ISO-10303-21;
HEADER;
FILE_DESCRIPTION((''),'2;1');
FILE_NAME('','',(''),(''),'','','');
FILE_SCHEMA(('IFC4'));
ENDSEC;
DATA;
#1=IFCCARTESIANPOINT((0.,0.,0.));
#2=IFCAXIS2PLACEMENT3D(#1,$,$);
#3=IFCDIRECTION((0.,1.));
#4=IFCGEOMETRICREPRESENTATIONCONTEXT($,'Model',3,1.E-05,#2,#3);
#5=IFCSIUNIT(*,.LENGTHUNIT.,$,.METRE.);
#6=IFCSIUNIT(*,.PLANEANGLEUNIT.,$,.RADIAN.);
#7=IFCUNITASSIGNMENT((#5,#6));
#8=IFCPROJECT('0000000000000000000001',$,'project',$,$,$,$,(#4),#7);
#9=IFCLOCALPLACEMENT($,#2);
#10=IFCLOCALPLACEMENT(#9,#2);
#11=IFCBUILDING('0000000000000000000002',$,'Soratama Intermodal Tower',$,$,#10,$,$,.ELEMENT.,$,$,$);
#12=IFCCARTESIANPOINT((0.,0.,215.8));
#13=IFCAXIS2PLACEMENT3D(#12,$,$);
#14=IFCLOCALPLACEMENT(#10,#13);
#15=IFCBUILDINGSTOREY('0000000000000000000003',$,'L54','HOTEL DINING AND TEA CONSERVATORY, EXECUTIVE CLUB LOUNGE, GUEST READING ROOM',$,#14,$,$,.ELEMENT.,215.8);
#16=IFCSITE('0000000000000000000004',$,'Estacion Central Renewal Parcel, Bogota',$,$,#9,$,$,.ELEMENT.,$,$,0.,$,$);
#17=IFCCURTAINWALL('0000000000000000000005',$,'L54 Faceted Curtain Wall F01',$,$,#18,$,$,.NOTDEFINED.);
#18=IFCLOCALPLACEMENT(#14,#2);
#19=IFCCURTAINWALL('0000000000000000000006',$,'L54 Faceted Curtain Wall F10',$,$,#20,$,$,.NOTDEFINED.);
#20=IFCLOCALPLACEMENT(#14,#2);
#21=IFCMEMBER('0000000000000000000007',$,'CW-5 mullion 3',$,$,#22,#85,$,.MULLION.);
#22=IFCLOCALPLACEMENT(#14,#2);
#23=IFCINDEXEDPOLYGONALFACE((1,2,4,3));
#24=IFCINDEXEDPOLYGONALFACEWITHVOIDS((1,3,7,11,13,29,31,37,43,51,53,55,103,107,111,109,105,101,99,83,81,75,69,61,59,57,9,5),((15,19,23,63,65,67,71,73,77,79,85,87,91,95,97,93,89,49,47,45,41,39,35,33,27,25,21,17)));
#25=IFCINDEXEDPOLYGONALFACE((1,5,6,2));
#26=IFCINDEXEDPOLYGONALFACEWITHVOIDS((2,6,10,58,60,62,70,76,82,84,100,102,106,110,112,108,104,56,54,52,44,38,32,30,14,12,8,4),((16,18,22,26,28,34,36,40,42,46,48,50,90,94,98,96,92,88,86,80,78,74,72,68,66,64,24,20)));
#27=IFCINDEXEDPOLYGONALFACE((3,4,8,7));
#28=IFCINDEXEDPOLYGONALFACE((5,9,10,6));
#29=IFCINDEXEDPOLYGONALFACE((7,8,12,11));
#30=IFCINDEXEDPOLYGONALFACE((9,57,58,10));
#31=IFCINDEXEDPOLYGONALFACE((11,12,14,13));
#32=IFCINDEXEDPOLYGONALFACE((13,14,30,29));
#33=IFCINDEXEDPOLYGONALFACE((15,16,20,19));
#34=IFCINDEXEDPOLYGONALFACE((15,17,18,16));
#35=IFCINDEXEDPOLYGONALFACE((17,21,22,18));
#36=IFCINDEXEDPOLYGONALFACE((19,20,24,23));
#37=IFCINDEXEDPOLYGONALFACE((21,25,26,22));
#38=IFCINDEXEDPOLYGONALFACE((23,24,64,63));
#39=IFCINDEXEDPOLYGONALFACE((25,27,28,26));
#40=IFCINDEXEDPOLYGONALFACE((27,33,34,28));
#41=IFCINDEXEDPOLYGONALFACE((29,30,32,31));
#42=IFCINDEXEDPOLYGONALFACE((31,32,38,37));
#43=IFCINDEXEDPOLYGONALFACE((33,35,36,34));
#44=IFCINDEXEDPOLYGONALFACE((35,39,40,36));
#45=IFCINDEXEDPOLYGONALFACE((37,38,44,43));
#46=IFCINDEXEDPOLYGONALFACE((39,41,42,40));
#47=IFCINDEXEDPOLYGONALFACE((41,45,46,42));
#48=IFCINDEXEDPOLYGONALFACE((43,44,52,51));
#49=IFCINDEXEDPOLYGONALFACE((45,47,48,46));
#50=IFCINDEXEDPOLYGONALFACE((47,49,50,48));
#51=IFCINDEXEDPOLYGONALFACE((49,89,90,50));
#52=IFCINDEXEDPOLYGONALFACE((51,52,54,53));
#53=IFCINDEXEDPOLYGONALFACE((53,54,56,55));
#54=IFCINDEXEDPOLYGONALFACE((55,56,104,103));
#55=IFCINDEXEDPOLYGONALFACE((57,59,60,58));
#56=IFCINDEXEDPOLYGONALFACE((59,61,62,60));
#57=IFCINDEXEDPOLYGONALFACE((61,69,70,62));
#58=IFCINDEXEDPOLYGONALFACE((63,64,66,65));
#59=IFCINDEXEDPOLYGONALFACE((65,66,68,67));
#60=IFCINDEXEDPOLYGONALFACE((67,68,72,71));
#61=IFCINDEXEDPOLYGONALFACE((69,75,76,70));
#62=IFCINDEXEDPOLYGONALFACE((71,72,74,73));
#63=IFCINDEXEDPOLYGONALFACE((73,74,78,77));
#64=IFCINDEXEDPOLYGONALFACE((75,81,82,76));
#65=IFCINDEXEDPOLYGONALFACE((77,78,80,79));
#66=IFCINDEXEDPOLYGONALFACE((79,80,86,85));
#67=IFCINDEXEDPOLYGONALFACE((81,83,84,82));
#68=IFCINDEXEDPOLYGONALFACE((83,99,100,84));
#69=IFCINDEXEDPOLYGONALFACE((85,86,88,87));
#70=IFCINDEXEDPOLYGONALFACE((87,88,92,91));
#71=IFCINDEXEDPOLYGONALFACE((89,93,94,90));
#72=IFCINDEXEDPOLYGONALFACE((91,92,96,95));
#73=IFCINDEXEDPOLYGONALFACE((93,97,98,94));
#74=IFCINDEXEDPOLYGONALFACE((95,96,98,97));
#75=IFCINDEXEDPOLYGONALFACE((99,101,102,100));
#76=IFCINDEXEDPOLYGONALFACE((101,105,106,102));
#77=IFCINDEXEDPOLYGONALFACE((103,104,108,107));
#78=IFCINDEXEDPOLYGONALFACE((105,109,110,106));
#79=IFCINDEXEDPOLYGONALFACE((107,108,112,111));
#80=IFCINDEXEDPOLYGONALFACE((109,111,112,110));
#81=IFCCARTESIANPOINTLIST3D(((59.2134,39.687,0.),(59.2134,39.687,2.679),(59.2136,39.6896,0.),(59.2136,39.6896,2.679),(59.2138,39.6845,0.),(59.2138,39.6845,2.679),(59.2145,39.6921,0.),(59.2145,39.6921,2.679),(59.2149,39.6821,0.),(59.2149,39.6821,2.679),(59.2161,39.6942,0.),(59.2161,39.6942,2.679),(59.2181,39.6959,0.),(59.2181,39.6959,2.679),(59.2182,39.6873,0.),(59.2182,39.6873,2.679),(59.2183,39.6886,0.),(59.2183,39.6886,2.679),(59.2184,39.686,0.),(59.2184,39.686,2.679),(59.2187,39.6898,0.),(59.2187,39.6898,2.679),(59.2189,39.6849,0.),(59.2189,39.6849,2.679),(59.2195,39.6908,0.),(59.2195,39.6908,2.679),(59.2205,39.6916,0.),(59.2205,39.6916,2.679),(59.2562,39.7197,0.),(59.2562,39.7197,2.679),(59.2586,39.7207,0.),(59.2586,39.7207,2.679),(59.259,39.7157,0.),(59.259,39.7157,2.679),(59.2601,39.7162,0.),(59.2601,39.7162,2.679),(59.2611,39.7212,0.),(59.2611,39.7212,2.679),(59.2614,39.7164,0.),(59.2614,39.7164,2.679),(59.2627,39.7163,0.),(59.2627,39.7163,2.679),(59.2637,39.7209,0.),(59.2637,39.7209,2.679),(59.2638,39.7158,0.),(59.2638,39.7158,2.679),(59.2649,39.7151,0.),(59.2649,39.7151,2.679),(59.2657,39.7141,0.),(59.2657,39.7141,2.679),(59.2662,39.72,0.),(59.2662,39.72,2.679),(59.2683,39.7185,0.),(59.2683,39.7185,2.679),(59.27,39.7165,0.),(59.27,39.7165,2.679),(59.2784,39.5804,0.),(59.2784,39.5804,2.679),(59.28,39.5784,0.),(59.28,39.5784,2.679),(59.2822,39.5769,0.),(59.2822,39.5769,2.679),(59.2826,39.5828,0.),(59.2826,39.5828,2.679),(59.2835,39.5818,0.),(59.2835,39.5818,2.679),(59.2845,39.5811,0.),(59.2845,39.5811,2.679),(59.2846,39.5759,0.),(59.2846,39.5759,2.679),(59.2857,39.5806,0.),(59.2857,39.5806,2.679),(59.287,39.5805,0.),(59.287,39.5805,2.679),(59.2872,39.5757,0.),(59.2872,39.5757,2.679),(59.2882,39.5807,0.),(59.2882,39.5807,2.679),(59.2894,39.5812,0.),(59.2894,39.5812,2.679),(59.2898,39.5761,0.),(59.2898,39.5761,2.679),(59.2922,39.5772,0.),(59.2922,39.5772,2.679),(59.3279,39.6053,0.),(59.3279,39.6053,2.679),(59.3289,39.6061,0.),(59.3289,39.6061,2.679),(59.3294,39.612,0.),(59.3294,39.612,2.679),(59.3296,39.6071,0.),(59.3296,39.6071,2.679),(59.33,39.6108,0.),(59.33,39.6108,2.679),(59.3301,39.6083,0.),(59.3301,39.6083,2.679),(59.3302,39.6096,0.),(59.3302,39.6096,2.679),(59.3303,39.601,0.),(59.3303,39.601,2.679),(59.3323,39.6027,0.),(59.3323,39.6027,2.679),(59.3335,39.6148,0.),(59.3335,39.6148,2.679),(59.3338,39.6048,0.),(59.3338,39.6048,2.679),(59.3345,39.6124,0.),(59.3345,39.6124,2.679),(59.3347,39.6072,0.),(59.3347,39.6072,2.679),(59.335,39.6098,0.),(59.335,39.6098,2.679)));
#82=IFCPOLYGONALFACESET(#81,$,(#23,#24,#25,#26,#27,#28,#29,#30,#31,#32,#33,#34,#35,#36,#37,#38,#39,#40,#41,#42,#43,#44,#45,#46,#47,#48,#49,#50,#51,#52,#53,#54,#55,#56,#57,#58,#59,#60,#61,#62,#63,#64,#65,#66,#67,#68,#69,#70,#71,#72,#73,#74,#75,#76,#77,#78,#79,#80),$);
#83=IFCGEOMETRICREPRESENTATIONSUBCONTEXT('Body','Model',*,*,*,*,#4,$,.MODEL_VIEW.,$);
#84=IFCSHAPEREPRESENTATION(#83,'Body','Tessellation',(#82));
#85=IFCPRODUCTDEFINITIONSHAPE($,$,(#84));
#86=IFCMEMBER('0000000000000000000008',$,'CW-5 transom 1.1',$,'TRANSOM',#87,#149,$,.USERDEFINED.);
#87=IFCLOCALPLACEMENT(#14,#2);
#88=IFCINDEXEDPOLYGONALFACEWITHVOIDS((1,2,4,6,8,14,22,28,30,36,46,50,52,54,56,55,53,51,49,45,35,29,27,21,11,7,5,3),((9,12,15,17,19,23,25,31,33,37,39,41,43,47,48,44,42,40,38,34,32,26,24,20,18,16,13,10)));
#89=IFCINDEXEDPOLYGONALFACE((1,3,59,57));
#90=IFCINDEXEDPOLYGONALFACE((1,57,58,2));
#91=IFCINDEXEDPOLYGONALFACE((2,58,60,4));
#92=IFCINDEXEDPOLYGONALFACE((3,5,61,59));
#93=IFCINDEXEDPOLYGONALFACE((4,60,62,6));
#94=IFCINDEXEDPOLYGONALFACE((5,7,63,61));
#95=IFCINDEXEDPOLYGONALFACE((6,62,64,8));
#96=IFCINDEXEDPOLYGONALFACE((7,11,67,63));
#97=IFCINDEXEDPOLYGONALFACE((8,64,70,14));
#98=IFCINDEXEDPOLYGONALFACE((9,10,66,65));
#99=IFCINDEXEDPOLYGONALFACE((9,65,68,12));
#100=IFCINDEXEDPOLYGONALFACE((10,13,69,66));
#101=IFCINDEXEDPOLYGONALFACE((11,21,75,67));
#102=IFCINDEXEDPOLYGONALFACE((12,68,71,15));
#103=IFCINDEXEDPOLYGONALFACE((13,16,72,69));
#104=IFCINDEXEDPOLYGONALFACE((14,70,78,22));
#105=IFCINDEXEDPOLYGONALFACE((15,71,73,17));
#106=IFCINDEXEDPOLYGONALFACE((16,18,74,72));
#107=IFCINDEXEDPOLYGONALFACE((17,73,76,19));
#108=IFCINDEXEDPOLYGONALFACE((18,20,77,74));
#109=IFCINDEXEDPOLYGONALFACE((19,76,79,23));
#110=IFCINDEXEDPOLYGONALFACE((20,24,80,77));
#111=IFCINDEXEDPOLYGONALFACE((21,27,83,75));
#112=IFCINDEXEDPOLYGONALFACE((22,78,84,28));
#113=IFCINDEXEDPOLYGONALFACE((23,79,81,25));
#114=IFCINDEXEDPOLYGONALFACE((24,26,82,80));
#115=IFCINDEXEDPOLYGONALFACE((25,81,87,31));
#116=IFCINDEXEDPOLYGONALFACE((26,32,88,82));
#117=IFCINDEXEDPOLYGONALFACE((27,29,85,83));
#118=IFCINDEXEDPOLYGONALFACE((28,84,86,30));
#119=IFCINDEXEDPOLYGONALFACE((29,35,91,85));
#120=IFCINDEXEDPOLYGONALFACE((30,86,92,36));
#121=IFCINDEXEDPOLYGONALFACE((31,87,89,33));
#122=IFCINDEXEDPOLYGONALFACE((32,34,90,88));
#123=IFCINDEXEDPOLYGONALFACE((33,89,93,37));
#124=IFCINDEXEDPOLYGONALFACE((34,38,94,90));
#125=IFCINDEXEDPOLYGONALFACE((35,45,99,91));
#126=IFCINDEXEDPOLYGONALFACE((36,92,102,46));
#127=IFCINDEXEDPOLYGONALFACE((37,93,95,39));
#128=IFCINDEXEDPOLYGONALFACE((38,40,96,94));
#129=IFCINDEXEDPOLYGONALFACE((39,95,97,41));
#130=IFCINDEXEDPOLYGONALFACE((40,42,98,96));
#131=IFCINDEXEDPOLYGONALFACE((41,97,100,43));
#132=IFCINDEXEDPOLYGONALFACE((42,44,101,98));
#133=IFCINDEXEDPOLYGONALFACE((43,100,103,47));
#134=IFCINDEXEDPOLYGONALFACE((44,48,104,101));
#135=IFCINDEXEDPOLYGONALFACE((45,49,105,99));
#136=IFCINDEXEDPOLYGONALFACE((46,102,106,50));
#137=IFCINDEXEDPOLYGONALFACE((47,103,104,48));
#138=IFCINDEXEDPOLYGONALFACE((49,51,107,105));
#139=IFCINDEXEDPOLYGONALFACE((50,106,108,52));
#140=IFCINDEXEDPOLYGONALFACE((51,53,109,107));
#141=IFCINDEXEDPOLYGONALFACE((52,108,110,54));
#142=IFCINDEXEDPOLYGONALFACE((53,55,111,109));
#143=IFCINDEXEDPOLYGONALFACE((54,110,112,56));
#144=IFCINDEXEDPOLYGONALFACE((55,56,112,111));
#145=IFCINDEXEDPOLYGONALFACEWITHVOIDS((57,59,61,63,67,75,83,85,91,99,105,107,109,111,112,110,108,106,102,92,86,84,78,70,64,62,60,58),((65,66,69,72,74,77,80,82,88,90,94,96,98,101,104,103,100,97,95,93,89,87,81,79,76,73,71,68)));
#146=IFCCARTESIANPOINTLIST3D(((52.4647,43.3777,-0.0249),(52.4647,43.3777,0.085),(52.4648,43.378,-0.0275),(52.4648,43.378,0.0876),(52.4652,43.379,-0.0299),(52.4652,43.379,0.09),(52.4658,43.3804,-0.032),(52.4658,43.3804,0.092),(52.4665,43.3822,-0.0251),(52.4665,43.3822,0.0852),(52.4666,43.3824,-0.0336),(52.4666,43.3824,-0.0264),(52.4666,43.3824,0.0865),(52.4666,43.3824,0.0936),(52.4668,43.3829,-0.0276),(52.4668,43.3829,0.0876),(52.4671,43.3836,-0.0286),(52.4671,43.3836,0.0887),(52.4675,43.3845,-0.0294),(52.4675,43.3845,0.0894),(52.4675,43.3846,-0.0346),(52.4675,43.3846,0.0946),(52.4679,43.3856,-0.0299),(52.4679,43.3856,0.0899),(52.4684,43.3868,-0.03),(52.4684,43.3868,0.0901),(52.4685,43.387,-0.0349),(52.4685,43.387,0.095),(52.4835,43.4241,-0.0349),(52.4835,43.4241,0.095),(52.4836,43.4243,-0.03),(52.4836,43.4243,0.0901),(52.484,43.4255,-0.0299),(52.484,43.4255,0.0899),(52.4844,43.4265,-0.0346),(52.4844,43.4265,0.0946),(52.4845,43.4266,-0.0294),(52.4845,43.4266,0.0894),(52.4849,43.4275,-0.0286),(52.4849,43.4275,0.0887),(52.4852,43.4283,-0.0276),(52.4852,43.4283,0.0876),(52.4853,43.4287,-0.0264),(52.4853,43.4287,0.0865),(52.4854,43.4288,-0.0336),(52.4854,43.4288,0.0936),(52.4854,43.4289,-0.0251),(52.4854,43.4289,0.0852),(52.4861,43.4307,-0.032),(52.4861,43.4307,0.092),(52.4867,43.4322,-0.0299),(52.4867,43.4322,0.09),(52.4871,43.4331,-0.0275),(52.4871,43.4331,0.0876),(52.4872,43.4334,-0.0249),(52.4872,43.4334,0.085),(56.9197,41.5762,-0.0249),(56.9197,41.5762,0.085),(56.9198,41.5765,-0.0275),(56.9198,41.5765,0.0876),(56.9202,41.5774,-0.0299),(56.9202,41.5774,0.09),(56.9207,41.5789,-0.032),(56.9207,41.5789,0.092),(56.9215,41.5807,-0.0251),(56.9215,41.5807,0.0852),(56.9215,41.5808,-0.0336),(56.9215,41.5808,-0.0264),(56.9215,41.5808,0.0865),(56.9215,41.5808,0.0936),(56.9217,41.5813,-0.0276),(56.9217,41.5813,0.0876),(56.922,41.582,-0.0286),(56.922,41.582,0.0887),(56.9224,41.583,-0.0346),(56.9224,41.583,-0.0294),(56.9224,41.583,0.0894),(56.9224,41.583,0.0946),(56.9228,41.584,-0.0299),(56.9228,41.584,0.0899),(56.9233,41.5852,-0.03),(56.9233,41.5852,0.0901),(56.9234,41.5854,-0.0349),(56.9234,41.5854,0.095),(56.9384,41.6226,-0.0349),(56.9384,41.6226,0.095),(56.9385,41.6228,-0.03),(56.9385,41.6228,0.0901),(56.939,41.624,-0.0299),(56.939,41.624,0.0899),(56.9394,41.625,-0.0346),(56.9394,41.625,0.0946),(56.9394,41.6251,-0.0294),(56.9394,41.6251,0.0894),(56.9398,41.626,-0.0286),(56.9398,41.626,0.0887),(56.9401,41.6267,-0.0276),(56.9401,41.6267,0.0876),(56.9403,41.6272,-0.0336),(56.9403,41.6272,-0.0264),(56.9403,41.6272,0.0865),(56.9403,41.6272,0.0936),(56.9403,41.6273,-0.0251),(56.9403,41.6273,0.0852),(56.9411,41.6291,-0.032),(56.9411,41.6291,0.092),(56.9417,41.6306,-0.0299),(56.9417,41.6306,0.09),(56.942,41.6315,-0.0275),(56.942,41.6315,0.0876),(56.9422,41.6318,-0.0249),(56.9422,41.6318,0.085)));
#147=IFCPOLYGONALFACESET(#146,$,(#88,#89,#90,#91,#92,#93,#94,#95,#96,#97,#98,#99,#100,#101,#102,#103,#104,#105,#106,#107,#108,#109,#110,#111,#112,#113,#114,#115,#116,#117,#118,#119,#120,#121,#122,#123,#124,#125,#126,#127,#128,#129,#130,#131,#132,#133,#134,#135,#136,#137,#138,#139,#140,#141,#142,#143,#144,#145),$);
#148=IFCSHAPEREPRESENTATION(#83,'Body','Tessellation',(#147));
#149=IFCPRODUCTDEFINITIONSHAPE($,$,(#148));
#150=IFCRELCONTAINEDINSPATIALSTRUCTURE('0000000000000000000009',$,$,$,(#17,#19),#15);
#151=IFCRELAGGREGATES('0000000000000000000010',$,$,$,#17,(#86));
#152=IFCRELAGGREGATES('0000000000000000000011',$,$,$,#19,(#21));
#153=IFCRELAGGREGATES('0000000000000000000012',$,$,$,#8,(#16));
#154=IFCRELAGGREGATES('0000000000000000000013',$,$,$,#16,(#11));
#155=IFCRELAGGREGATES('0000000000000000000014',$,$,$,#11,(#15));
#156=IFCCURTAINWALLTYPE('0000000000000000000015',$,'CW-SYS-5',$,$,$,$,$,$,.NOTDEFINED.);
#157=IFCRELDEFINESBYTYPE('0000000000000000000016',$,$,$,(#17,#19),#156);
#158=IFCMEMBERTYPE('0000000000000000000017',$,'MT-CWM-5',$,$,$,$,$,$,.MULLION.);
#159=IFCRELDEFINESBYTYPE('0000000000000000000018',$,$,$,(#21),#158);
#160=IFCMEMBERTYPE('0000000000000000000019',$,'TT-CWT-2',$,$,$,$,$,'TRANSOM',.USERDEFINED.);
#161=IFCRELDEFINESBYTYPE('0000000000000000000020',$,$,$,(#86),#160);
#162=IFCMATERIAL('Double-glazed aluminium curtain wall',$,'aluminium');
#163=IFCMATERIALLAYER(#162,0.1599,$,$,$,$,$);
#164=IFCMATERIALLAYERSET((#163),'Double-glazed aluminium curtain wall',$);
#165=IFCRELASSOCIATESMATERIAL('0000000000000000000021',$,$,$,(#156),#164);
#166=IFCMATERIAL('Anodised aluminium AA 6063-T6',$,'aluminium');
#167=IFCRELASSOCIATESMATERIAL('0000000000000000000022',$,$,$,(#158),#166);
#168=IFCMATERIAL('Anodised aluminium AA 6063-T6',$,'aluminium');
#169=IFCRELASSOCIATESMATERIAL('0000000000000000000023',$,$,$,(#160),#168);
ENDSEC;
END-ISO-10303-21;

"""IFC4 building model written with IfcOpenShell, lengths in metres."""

from ifc_helpers import new_model, si_unit, direction, frame, origin, origin_2d, place, context, subcontext, project, spatial, hollow_rectangle, extrude, material, layer, layer_set, material_profile, profile_set, type_object, element, aggregate, save


model = new_model("IFC4")

# Units and contexts
model_context = context("Model", 3, precision=1e-05, world=origin(), true_north=direction((0.0, 1.0)))
body_context = subcontext(model_context, "Body", "Model", "MODEL_VIEW")
ifc_project = project(units=[si_unit("LENGTHUNIT", "METRE"), si_unit("PLANEANGLEUNIT", "RADIAN")], contexts=[model_context])

# Site, building, storey
site_placement = place(None, origin())
site = spatial("IfcSite", under=ifc_project, at=site_placement, Name="Estacion Central Renewal Parcel, Bogota", CompositionType="ELEMENT", RefElevation=0.0)
building_placement = place(site_placement, origin())
building = spatial("IfcBuilding", under=site, at=building_placement, Name="Soratama Intermodal Tower", CompositionType="ELEMENT")
storey_placement = place(building_placement, frame((0.0, 0.0, 215.8)))
storey = spatial("IfcBuildingStorey", under=building, at=storey_placement, Name="L54", Description="HOTEL DINING AND TEA CONSERVATORY, EXECUTIVE CLUB LOUNGE, GUEST READING ROOM", CompositionType="ELEMENT", Elevation=215.8)

# Curtain wall
ifc_material_1 = material(Name="Double-glazed aluminium curtain wall", Category="aluminium")
ifc_layer_1 = layer(ifc_material_1, 0.1599)
ifc_layer_set_1 = layer_set([ifc_layer_1], Name="Double-glazed aluminium curtain wall")
curtain_wall_type = type_object("IfcCurtainWallType", Name="CW-SYS-5", PredefinedType="NOTDEFINED", material=ifc_layer_set_1)
curtain_wall_1_placement = place(storey_placement, origin())
curtain_wall_1 = element("IfcCurtainWall", 1, at=curtain_wall_1_placement, inside=storey, type_object=curtain_wall_type, Name="L54 Faceted Curtain Wall F01", PredefinedType="NOTDEFINED")
ifc_material_2 = material(Name="Anodised aluminium AA 6063-T6", Category="aluminium")
ifc_material_profile_1 = material_profile(ifc_material_2, hollow_rectangle(XDim=0.0649, YDim=0.1399, WallThickness=0.0049, InnerFilletRadius=0.0049, OuterFilletRadius=0.01, at=origin_2d()), Name="CWM140X65X5")
ifc_profile_set_1 = profile_set([ifc_material_profile_1], Name="Anodised aluminium AA 6063-T6")
member_type_1 = type_object("IfcMemberType", Name="MT-CWM-5", PredefinedType="MULLION", material=ifc_profile_set_1)

# Curtain wall, member
curtain_wall_2_placement = place(storey_placement, origin())
curtain_wall_2 = element("IfcCurtainWall", 2, at=curtain_wall_2_placement, inside=storey, type_object=curtain_wall_type, Name="L54 Faceted Curtain Wall F10", PredefinedType="NOTDEFINED")
member_1_placement = place(storey_placement, frame((59.2742, 39.6484, 0.0), z_axis=(0.0, 0.0, 1.0), x_axis=(-0.848231, -0.529626, 0.0)))
member_1 = element("IfcMember", 3, at=member_1_placement, type_object=member_type_1, Name="CW-5 mullion 3", PredefinedType="MULLION", context=body_context, shape_type="SweptSolid", body=[
    extrude(hollow_rectangle(XDim=0.0649, YDim=0.1399, WallThickness=0.0049, InnerFilletRadius=0.0049, OuterFilletRadius=0.01, at=origin_2d()), origin(), (0.0, 0.0, 1.0), 2.679),
])

# Member
ifc_material_3 = material(Name="Anodised aluminium AA 6063-T6", Category="aluminium")
ifc_material_profile_2 = material_profile(ifc_material_3, hollow_rectangle(XDim=0.0601, YDim=0.1299, WallThickness=0.0049, InnerFilletRadius=0.0049, OuterFilletRadius=0.01, at=origin_2d()), Name="CWT130X60X5")
ifc_profile_set_2 = profile_set([ifc_material_profile_2], Name="Anodised aluminium AA 6063-T6")
member_type_2 = type_object("IfcMemberType", Name="TT-CWT-2", ElementType="TRANSOM", PredefinedType="USERDEFINED", material=ifc_profile_set_2)
member_2_placement = place(storey_placement, frame((56.9309, 41.604, 0.03), z_axis=(-0.927065, 0.374901, 0.0), x_axis=(-0.374901, -0.927065, 0.0)))
member_2 = element("IfcMember", 4, at=member_2_placement, type_object=member_type_2, Name="CW-5 transom 1.1", ObjectType="TRANSOM", PredefinedType="USERDEFINED", context=body_context, shape_type="SweptSolid", body=[
    extrude(hollow_rectangle(XDim=0.0601, YDim=0.1299, WallThickness=0.0049, InnerFilletRadius=0.0049, OuterFilletRadius=0.01, at=origin_2d()), origin(), (0.0, 0.0, 1.0), 4.8054),
])

aggregate(curtain_wall_1, [member_2])
aggregate(curtain_wall_2, [member_1])

save(model, "model.ifc")
